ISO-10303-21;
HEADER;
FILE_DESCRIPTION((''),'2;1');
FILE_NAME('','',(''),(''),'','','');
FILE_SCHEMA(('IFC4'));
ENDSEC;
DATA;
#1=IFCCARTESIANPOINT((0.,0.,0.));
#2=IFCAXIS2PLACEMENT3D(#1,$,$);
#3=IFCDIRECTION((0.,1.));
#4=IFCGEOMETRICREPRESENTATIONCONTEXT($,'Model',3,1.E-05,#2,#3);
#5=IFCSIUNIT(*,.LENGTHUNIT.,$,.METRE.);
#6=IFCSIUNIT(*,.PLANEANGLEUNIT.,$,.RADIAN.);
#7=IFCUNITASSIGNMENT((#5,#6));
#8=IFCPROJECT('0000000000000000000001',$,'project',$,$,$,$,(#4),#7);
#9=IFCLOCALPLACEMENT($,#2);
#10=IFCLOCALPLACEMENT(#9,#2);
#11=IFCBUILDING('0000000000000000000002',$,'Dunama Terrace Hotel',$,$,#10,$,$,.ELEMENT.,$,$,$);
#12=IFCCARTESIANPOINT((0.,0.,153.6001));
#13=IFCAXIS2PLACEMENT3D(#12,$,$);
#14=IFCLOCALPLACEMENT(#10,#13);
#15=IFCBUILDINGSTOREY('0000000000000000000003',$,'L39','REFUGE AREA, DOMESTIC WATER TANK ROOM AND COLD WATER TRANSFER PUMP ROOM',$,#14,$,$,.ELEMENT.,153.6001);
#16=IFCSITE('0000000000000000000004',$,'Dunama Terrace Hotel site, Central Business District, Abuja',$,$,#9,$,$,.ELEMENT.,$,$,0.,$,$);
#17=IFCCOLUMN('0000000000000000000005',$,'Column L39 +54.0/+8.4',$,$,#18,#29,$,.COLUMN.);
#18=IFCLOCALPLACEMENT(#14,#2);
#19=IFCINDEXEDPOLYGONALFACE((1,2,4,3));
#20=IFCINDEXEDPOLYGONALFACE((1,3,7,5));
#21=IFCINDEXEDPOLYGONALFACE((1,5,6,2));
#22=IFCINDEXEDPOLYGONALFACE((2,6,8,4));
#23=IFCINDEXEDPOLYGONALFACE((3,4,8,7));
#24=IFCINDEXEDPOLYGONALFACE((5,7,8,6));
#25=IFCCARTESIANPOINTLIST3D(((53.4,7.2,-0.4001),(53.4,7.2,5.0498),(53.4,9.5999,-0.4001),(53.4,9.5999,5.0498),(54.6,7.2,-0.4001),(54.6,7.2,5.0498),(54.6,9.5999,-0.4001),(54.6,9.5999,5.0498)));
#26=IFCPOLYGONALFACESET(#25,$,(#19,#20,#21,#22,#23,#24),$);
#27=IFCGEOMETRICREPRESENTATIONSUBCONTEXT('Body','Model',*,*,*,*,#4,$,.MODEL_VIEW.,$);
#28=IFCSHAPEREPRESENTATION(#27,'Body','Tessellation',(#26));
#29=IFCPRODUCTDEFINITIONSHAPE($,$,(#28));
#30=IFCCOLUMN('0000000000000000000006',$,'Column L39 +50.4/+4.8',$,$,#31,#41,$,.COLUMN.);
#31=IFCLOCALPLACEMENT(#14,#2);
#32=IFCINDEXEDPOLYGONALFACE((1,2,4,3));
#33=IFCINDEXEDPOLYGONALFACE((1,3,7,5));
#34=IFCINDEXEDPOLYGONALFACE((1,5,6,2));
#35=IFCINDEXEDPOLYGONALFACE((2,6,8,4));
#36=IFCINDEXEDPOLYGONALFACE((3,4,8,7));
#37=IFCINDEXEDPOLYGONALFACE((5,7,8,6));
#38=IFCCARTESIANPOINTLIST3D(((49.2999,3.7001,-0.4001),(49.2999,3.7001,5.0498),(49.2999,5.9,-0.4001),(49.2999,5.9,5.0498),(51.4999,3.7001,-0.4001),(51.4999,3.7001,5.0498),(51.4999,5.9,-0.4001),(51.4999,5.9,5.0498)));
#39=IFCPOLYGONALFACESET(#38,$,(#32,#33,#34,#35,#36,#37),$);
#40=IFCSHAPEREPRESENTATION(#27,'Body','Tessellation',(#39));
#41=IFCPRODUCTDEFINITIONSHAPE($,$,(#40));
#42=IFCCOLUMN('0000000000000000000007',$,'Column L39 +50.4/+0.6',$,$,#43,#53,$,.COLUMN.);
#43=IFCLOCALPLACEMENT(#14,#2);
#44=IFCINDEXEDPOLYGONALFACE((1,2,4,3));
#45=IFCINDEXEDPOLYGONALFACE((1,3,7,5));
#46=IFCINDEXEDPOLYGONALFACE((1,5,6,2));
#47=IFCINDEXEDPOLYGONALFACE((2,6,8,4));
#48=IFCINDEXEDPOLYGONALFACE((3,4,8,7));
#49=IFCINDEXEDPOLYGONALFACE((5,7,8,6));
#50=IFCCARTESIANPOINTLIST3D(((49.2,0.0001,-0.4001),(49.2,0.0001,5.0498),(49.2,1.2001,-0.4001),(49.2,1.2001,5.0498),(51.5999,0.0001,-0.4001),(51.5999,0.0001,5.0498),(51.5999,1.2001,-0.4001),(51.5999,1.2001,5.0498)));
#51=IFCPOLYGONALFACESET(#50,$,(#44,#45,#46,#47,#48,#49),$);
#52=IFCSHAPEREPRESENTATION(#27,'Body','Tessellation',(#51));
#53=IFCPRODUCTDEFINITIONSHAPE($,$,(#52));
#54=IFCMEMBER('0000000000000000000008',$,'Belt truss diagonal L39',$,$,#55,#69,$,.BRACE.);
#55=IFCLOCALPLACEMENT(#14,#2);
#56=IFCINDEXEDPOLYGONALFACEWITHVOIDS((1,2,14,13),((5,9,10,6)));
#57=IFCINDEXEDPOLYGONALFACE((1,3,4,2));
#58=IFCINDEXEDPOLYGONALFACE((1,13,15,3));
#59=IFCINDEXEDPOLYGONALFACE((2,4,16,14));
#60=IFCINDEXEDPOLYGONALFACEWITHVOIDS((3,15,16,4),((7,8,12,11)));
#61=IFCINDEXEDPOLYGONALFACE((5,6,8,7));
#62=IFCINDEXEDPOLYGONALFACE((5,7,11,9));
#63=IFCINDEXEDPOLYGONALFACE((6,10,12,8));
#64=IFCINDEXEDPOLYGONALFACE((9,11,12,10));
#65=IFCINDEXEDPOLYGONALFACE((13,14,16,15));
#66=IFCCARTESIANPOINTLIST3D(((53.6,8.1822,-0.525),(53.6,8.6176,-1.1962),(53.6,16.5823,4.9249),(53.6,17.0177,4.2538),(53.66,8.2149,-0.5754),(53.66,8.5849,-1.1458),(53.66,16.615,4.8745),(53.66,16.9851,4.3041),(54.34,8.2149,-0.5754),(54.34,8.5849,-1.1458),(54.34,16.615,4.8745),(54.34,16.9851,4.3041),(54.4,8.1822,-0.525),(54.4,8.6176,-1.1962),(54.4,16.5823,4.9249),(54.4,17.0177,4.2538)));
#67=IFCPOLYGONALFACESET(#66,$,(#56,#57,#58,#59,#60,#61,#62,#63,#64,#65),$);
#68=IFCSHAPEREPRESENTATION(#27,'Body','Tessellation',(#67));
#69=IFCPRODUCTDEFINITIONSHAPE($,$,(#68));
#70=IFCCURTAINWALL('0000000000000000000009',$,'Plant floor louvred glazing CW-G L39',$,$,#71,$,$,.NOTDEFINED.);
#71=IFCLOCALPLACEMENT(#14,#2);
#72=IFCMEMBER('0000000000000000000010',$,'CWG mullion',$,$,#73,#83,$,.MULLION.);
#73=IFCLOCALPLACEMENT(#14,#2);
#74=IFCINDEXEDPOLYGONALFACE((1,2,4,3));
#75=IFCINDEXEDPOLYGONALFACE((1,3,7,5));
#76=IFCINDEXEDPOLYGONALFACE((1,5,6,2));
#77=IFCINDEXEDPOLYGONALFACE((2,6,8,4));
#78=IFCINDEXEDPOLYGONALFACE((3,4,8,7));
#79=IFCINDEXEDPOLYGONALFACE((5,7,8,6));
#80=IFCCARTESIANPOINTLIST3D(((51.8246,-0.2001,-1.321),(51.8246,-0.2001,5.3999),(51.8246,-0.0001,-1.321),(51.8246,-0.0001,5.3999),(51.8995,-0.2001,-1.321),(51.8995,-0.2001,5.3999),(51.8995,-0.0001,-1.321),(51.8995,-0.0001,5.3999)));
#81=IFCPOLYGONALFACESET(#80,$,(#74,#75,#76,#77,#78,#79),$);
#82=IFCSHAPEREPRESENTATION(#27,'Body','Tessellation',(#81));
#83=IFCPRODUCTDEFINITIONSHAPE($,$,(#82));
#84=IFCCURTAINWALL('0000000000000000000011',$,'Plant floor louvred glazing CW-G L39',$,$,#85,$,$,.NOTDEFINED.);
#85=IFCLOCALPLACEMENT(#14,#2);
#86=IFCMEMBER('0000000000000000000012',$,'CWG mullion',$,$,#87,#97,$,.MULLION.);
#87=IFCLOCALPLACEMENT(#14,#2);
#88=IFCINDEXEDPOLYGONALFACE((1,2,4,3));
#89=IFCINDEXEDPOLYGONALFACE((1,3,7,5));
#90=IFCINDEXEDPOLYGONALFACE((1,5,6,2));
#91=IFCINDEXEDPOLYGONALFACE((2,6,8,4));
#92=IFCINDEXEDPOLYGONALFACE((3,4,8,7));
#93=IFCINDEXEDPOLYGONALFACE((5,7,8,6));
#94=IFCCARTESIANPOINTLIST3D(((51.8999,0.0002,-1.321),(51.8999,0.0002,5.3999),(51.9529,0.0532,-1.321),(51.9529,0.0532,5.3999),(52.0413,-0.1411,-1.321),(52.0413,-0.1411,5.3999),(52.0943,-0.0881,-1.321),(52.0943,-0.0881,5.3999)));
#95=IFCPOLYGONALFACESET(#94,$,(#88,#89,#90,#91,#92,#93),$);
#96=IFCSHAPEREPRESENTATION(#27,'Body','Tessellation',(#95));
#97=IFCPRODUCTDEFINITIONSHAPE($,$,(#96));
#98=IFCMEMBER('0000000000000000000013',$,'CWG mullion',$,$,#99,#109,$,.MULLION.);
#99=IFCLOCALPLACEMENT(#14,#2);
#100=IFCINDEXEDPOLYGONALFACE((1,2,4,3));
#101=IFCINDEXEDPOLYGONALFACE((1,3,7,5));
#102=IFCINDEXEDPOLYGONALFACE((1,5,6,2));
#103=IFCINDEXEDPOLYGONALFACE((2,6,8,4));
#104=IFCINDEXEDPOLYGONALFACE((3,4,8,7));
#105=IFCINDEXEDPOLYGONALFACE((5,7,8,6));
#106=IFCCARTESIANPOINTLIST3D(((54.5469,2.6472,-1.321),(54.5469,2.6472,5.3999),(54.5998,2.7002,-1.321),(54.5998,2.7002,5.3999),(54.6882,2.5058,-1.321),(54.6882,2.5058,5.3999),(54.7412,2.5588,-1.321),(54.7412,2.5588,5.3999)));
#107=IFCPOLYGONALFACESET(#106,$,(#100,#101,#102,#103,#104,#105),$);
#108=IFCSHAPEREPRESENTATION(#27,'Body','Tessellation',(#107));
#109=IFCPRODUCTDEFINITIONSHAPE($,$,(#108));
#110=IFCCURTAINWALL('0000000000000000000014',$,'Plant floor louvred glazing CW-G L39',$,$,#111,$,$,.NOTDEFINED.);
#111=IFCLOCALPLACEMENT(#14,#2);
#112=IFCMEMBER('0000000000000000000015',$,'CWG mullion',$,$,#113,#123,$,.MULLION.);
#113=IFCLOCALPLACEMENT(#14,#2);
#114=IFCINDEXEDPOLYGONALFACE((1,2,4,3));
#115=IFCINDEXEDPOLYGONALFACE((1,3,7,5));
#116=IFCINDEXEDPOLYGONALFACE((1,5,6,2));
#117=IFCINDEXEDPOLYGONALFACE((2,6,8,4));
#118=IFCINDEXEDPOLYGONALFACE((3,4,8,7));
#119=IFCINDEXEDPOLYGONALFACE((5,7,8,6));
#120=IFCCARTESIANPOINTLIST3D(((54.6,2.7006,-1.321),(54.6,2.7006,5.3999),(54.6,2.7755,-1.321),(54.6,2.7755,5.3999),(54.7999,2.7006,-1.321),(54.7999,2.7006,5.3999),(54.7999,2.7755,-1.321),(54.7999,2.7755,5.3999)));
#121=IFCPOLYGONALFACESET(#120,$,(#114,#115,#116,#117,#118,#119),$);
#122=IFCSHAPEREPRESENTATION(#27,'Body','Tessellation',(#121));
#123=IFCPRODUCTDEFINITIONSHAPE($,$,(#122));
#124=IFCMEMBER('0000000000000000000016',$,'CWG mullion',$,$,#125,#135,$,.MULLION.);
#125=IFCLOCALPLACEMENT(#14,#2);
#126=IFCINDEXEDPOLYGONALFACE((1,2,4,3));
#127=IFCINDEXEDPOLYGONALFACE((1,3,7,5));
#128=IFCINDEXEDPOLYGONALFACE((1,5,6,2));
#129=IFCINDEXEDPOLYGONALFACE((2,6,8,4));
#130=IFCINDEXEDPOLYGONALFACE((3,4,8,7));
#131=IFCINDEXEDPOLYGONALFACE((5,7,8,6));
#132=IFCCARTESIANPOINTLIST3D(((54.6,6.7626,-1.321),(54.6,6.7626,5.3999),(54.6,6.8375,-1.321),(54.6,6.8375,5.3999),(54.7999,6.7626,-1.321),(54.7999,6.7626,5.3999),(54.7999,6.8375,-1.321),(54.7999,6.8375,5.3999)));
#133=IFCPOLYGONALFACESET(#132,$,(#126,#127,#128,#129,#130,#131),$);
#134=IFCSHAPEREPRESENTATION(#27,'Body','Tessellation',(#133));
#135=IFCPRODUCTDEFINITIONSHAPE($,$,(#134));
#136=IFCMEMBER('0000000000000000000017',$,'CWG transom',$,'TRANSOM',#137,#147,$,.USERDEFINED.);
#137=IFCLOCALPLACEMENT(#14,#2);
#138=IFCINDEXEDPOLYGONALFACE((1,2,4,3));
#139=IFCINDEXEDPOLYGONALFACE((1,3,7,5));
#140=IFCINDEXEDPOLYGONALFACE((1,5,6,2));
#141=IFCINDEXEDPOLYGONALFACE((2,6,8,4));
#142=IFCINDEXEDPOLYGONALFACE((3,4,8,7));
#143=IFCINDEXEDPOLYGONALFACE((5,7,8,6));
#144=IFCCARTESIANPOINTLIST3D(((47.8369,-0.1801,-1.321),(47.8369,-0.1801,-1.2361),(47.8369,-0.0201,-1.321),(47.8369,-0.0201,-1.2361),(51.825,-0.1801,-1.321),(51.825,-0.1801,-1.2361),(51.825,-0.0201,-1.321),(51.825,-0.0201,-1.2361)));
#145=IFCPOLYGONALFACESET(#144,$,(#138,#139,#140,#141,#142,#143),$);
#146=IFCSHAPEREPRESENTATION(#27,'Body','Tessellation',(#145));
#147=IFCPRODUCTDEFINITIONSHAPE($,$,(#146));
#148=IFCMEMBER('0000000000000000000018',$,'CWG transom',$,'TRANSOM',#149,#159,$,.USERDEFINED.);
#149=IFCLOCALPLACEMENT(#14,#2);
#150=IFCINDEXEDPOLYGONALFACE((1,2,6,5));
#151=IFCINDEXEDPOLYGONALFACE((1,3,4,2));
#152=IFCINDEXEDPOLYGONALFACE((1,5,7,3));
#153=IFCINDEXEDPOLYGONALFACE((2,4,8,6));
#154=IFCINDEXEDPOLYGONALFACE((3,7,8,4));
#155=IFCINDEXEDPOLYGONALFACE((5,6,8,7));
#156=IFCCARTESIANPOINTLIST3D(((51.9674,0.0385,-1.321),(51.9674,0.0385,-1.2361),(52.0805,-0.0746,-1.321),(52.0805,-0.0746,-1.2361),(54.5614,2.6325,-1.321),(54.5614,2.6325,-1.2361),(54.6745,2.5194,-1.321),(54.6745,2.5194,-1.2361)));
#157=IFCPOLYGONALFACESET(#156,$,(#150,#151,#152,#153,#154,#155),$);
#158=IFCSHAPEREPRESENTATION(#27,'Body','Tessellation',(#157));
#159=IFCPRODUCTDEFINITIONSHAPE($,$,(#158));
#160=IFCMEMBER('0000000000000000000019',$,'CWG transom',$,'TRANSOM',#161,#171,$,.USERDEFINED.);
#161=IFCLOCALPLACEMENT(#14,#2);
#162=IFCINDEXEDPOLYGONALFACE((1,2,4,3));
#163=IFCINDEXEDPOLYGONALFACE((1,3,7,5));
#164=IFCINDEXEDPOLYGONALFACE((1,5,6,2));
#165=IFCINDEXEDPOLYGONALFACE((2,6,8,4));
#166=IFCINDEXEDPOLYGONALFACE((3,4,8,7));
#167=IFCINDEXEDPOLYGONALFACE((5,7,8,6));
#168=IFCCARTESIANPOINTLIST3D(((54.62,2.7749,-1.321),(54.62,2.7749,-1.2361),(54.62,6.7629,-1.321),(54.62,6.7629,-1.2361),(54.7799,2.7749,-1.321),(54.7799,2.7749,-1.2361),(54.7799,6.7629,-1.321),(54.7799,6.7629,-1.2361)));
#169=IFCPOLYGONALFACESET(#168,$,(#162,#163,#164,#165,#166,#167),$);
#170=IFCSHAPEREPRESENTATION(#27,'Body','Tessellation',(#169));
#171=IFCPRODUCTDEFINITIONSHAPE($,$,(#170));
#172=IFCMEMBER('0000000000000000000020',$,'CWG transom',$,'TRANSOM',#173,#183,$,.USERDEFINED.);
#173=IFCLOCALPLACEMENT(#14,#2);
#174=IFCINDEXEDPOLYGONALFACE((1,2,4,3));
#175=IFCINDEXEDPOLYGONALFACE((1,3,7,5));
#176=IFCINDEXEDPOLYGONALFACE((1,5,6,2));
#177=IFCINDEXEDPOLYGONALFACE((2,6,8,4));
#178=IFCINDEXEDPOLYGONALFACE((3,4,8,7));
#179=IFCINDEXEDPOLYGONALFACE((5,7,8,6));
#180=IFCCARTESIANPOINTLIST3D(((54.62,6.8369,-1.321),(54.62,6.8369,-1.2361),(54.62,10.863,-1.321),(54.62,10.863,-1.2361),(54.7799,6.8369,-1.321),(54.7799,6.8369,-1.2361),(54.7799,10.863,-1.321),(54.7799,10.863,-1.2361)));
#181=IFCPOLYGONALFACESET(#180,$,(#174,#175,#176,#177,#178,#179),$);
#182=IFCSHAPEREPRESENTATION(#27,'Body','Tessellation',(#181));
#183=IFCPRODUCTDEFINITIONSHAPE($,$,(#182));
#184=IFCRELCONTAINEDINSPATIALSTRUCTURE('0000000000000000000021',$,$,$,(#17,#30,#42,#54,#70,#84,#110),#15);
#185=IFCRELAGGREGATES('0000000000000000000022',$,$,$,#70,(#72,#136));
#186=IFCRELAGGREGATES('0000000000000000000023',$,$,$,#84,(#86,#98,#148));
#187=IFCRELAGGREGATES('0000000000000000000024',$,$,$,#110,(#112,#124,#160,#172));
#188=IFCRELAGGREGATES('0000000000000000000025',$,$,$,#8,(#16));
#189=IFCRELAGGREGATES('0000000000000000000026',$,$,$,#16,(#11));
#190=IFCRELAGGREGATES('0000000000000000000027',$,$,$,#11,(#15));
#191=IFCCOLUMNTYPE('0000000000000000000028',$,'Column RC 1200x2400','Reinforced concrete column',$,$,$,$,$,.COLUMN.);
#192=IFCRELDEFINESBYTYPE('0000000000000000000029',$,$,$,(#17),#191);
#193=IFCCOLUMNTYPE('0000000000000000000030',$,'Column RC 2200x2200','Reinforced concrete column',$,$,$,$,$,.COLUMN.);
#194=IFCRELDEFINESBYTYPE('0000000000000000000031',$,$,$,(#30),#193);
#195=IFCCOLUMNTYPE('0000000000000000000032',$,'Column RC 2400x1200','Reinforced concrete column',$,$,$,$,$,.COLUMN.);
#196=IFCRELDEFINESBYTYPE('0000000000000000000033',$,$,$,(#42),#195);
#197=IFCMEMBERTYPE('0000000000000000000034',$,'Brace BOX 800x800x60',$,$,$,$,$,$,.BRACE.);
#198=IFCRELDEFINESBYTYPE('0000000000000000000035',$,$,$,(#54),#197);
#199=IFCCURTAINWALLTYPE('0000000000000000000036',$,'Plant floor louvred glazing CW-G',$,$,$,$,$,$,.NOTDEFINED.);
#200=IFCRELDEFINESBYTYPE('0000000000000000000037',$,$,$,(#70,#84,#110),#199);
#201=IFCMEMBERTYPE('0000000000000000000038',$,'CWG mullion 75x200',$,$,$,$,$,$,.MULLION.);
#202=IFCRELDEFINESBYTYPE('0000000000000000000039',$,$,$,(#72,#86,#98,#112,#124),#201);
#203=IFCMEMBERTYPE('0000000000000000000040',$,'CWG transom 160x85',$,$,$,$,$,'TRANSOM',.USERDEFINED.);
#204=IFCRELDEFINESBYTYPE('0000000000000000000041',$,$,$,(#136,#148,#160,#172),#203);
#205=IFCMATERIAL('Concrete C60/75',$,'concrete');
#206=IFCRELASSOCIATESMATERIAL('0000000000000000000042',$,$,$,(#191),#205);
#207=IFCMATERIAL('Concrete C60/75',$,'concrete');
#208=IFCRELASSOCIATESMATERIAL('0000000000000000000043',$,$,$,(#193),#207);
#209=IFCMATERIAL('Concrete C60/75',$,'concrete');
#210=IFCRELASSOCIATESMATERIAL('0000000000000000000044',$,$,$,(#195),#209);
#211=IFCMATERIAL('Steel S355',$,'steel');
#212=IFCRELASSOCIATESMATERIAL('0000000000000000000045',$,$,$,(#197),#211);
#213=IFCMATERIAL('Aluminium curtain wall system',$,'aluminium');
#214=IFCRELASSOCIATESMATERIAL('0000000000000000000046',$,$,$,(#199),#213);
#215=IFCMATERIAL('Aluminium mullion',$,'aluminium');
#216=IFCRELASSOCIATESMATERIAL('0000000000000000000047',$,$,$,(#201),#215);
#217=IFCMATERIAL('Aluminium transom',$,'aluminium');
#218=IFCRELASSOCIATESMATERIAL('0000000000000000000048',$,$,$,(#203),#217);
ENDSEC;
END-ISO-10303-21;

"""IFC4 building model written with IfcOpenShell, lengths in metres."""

from ifc_helpers import new_model, si_unit, direction, frame, origin, origin_2d, place, context, subcontext, project, spatial, rectangle, hollow_rectangle, extrude, material, material_profile, profile_set, type_object, element, aggregate, save


model = new_model("IFC4")

# Units and contexts
model_context = context("Model", 3, precision=1e-05, world=origin(), true_north=direction((0.0, 1.0)))
body_context = subcontext(model_context, "Body", "Model", "MODEL_VIEW")
ifc_project = project(units=[si_unit("LENGTHUNIT", "METRE"), si_unit("PLANEANGLEUNIT", "RADIAN")], contexts=[model_context])

# Site, building, storey
site_placement = place(None, origin())
site = spatial("IfcSite", under=ifc_project, at=site_placement, Name="Dunama Terrace Hotel site, Central Business District, Abuja", CompositionType="ELEMENT", RefElevation=0.0)
building_placement = place(site_placement, origin())
building = spatial("IfcBuilding", under=site, at=building_placement, Name="Dunama Terrace Hotel", CompositionType="ELEMENT")
storey_placement = place(building_placement, frame((0.0, 0.0, 153.6001)))
storey = spatial("IfcBuildingStorey", under=building, at=storey_placement, Name="L39", Description="REFUGE AREA, DOMESTIC WATER TANK ROOM AND COLD WATER TRANSFER PUMP ROOM", CompositionType="ELEMENT", Elevation=153.6001)

# Columns
ifc_material_1 = material(Name="Concrete C60/75", Category="concrete")
ifc_material_profile_1 = material_profile(ifc_material_1, rectangle(XDim=1.2, YDim=2.3999, at=origin_2d()), Name="RC 1200x2400")
ifc_profile_set_1 = profile_set([ifc_material_profile_1], Name="Concrete C60/75")
column_type_1 = type_object("IfcColumnType", Name="Column RC 1200x2400", Description="Reinforced concrete column", PredefinedType="COLUMN", material=ifc_profile_set_1)
column_1_placement = place(storey_placement, frame((54.0, 8.3999, -0.4001), z_axis=(0.0, 0.0, 1.0), x_axis=(1.0, 0.0, 0.0)))
element("IfcColumn", 1, at=column_1_placement, inside=storey, type_object=column_type_1, Name="Column L39 +54.0/+8.4", PredefinedType="COLUMN", context=body_context, shape_type="SweptSolid", body=[
    extrude(rectangle(XDim=1.2, YDim=2.3999, at=origin_2d()), origin(), (0.0, 0.0, 1.0), 5.45),
])
ifc_material_2 = material(Name="Concrete C60/75", Category="concrete")
ifc_material_profile_2 = material_profile(ifc_material_2, rectangle(XDim=2.2, YDim=2.2, at=origin_2d()), Name="RC 2200x2200")
ifc_profile_set_2 = profile_set([ifc_material_profile_2], Name="Concrete C60/75")
column_type_2 = type_object("IfcColumnType", Name="Column RC 2200x2200", Description="Reinforced concrete column", PredefinedType="COLUMN", material=ifc_profile_set_2)
column_2_placement = place(storey_placement, frame((50.3999, 4.8, -0.4001), z_axis=(0.0, 0.0, 1.0), x_axis=(1.0, 0.0, 0.0)))
element("IfcColumn", 2, at=column_2_placement, inside=storey, type_object=column_type_2, Name="Column L39 +50.4/+4.8", PredefinedType="COLUMN", context=body_context, shape_type="SweptSolid", body=[
    extrude(rectangle(XDim=2.2, YDim=2.2, at=origin_2d()), origin(), (0.0, 0.0, 1.0), 5.45),
])
ifc_material_3 = material(Name="Concrete C60/75", Category="concrete")
ifc_material_profile_3 = material_profile(ifc_material_3, rectangle(XDim=2.3999, YDim=1.2, at=origin_2d()), Name="RC 2400x1200")
ifc_profile_set_3 = profile_set([ifc_material_profile_3], Name="Concrete C60/75")
column_type_3 = type_object("IfcColumnType", Name="Column RC 2400x1200", Description="Reinforced concrete column", PredefinedType="COLUMN", material=ifc_profile_set_3)
column_3_placement = place(storey_placement, frame((50.3999, 0.6001, -0.4001), z_axis=(0.0, 0.0, 1.0), x_axis=(1.0, 0.0, 0.0)))
element("IfcColumn", 3, at=column_3_placement, inside=storey, type_object=column_type_3, Name="Column L39 +50.4/+0.6", PredefinedType="COLUMN", context=body_context, shape_type="SweptSolid", body=[
    extrude(rectangle(XDim=2.3999, YDim=1.2, at=origin_2d()), origin(), (0.0, 0.0, 1.0), 5.45),
])

# Member
ifc_material_4 = material(Name="Steel S355", Category="steel")
ifc_material_profile_4 = material_profile(ifc_material_4, hollow_rectangle(XDim=0.8, YDim=0.8, WallThickness=0.0601, at=origin_2d()), Name="BOX 800x800x60")
ifc_profile_set_4 = profile_set([ifc_material_profile_4], Name="Steel S355")
member_type_1 = type_object("IfcMemberType", Name="Brace BOX 800x800x60", PredefinedType="BRACE", material=ifc_profile_set_4)
member_1_placement = place(storey_placement, frame((54.0, 8.3999, -0.8606), z_axis=(0.0, 0.838906, 0.544276), x_axis=(-1.0, 0.0, 0.0)))
element("IfcMember", 4, at=member_1_placement, inside=storey, type_object=member_type_1, Name="Belt truss diagonal L39", PredefinedType="BRACE", context=body_context, shape_type="SweptSolid", body=[
    extrude(hollow_rectangle(XDim=0.8, YDim=0.8, WallThickness=0.0601, at=origin_2d()), origin(), (0.0, 0.0, 1.0), 10.0132),
])

# Curtain wall, member
ifc_material_5 = material(Name="Aluminium curtain wall system", Category="aluminium")
curtain_wall_type = type_object("IfcCurtainWallType", Name="Plant floor louvred glazing CW-G", PredefinedType="NOTDEFINED", material=ifc_material_5)
curtain_wall_1_placement = place(storey_placement, origin())
curtain_wall_1 = element("IfcCurtainWall", 5, at=curtain_wall_1_placement, inside=storey, type_object=curtain_wall_type, Name="Plant floor louvred glazing CW-G L39", PredefinedType="NOTDEFINED")
ifc_material_6 = material(Name="Aluminium mullion", Category="aluminium")
ifc_material_profile_5 = material_profile(ifc_material_6, rectangle(XDim=0.075, YDim=0.2, at=origin_2d()), Name="CWG MULLION 75X200")
ifc_profile_set_5 = profile_set([ifc_material_profile_5], Name="Aluminium mullion")
member_type_2 = type_object("IfcMemberType", Name="CWG mullion 75x200", PredefinedType="MULLION", material=ifc_profile_set_5)
member_2_placement = place(storey_placement, frame((51.8621, -0.1001, -1.321), z_axis=(0.0, 0.0, 1.0), x_axis=(1.0, 0.0, 0.0)))
member_2 = element("IfcMember", 6, at=member_2_placement, type_object=member_type_2, Name="CWG mullion", PredefinedType="MULLION", context=body_context, shape_type="SweptSolid", body=[
    extrude(rectangle(XDim=0.075, YDim=0.2, at=origin_2d()), origin(), (0.0, 0.0, 1.0), 6.7209),
])

# Curtain walls, members
curtain_wall_2_placement = place(storey_placement, origin())
curtain_wall_2 = element("IfcCurtainWall", 7, at=curtain_wall_2_placement, inside=storey, type_object=curtain_wall_type, Name="Plant floor louvred glazing CW-G L39", PredefinedType="NOTDEFINED")
member_3_placement = place(storey_placement, frame((51.9971, -0.0439, -1.321), z_axis=(0.0, 0.0, 1.0), x_axis=(0.707107, 0.707107, 0.0)))
member_3 = element("IfcMember", 8, at=member_3_placement, type_object=member_type_2, Name="CWG mullion", PredefinedType="MULLION", context=body_context, shape_type="SweptSolid", body=[
    extrude(rectangle(XDim=0.075, YDim=0.2, at=origin_2d()), origin(), (0.0, 0.0, 1.0), 6.7209),
])
member_4_placement = place(storey_placement, frame((54.644, 2.603, -1.321), z_axis=(0.0, 0.0, 1.0), x_axis=(0.707107, 0.707107, 0.0)))
member_4 = element("IfcMember", 9, at=member_4_placement, type_object=member_type_2, Name="CWG mullion", PredefinedType="MULLION", context=body_context, shape_type="SweptSolid", body=[
    extrude(rectangle(XDim=0.075, YDim=0.2, at=origin_2d()), origin(), (0.0, 0.0, 1.0), 6.7209),
])
curtain_wall_3_placement = place(storey_placement, origin())
curtain_wall_3 = element("IfcCurtainWall", 10, at=curtain_wall_3_placement, inside=storey, type_object=curtain_wall_type, Name="Plant floor louvred glazing CW-G L39", PredefinedType="NOTDEFINED")
member_5_placement = place(storey_placement, frame((54.7, 2.738, -1.321), z_axis=(0.0, 0.0, 1.0), x_axis=(0.0, 1.0, 0.0)))
member_5 = element("IfcMember", 11, at=member_5_placement, type_object=member_type_2, Name="CWG mullion", PredefinedType="MULLION", context=body_context, shape_type="SweptSolid", body=[
    extrude(rectangle(XDim=0.075, YDim=0.2, at=origin_2d()), origin(), (0.0, 0.0, 1.0), 6.7209),
])
member_6_placement = place(storey_placement, frame((54.7, 6.8, -1.321), z_axis=(0.0, 0.0, 1.0), x_axis=(0.0, 1.0, 0.0)))
member_6 = element("IfcMember", 12, at=member_6_placement, type_object=member_type_2, Name="CWG mullion", PredefinedType="MULLION", context=body_context, shape_type="SweptSolid", body=[
    extrude(rectangle(XDim=0.075, YDim=0.2, at=origin_2d()), origin(), (0.0, 0.0, 1.0), 6.7209),
])

# Members
ifc_material_7 = material(Name="Aluminium transom", Category="aluminium")
ifc_material_profile_6 = material_profile(ifc_material_7, rectangle(XDim=0.1599, YDim=0.085, at=origin_2d()), Name="CWG TRANSOM 160X85")
ifc_profile_set_6 = profile_set([ifc_material_profile_6], Name="Aluminium transom")
member_type_3 = type_object("IfcMemberType", Name="CWG transom 160x85", ElementType="TRANSOM", PredefinedType="USERDEFINED", material=ifc_profile_set_6)
member_7_placement = place(storey_placement, frame((47.8369, -0.1001, -1.2786), z_axis=(1.0, 0.0, 0.0), x_axis=(0.0, 1.0, 0.0)))
member_7 = element("IfcMember", 13, at=member_7_placement, type_object=member_type_3, Name="CWG transom", ObjectType="TRANSOM", PredefinedType="USERDEFINED", context=body_context, shape_type="SweptSolid", body=[
    extrude(rectangle(XDim=0.1599, YDim=0.085, at=origin_2d()), origin(), (0.0, 0.0, 1.0), 3.988),
])
member_8_placement = place(storey_placement, frame((52.0239, -0.0181, -1.2786), z_axis=(0.707107, 0.707107, 0.0), x_axis=(-0.707107, 0.707107, 0.0)))
member_8 = element("IfcMember", 14, at=member_8_placement, type_object=member_type_3, Name="CWG transom", ObjectType="TRANSOM", PredefinedType="USERDEFINED", context=body_context, shape_type="SweptSolid", body=[
    extrude(rectangle(XDim=0.1599, YDim=0.085, at=origin_2d()), origin(), (0.0, 0.0, 1.0), 3.6685),
])
member_9_placement = place(storey_placement, frame((54.7, 2.7749, -1.2786), z_axis=(0.0, 1.0, 0.0), x_axis=(-1.0, 0.0, 0.0)))
member_9 = element("IfcMember", 15, at=member_9_placement, type_object=member_type_3, Name="CWG transom", ObjectType="TRANSOM", PredefinedType="USERDEFINED", context=body_context, shape_type="SweptSolid", body=[
    extrude(rectangle(XDim=0.1599, YDim=0.085, at=origin_2d()), origin(), (0.0, 0.0, 1.0), 3.988),
])
member_10_placement = place(storey_placement, frame((54.7, 6.8369, -1.2786), z_axis=(0.0, 1.0, 0.0), x_axis=(-1.0, 0.0, 0.0)))
member_10 = element("IfcMember", 16, at=member_10_placement, type_object=member_type_3, Name="CWG transom", ObjectType="TRANSOM", PredefinedType="USERDEFINED", context=body_context, shape_type="SweptSolid", body=[
    extrude(rectangle(XDim=0.1599, YDim=0.085, at=origin_2d()), origin(), (0.0, 0.0, 1.0), 4.0261),
])

aggregate(curtain_wall_1, [member_2, member_7])
aggregate(curtain_wall_2, [member_3, member_4, member_8])
aggregate(curtain_wall_3, [member_5, member_6, member_9, member_10])

save(model, "model.ifc")
